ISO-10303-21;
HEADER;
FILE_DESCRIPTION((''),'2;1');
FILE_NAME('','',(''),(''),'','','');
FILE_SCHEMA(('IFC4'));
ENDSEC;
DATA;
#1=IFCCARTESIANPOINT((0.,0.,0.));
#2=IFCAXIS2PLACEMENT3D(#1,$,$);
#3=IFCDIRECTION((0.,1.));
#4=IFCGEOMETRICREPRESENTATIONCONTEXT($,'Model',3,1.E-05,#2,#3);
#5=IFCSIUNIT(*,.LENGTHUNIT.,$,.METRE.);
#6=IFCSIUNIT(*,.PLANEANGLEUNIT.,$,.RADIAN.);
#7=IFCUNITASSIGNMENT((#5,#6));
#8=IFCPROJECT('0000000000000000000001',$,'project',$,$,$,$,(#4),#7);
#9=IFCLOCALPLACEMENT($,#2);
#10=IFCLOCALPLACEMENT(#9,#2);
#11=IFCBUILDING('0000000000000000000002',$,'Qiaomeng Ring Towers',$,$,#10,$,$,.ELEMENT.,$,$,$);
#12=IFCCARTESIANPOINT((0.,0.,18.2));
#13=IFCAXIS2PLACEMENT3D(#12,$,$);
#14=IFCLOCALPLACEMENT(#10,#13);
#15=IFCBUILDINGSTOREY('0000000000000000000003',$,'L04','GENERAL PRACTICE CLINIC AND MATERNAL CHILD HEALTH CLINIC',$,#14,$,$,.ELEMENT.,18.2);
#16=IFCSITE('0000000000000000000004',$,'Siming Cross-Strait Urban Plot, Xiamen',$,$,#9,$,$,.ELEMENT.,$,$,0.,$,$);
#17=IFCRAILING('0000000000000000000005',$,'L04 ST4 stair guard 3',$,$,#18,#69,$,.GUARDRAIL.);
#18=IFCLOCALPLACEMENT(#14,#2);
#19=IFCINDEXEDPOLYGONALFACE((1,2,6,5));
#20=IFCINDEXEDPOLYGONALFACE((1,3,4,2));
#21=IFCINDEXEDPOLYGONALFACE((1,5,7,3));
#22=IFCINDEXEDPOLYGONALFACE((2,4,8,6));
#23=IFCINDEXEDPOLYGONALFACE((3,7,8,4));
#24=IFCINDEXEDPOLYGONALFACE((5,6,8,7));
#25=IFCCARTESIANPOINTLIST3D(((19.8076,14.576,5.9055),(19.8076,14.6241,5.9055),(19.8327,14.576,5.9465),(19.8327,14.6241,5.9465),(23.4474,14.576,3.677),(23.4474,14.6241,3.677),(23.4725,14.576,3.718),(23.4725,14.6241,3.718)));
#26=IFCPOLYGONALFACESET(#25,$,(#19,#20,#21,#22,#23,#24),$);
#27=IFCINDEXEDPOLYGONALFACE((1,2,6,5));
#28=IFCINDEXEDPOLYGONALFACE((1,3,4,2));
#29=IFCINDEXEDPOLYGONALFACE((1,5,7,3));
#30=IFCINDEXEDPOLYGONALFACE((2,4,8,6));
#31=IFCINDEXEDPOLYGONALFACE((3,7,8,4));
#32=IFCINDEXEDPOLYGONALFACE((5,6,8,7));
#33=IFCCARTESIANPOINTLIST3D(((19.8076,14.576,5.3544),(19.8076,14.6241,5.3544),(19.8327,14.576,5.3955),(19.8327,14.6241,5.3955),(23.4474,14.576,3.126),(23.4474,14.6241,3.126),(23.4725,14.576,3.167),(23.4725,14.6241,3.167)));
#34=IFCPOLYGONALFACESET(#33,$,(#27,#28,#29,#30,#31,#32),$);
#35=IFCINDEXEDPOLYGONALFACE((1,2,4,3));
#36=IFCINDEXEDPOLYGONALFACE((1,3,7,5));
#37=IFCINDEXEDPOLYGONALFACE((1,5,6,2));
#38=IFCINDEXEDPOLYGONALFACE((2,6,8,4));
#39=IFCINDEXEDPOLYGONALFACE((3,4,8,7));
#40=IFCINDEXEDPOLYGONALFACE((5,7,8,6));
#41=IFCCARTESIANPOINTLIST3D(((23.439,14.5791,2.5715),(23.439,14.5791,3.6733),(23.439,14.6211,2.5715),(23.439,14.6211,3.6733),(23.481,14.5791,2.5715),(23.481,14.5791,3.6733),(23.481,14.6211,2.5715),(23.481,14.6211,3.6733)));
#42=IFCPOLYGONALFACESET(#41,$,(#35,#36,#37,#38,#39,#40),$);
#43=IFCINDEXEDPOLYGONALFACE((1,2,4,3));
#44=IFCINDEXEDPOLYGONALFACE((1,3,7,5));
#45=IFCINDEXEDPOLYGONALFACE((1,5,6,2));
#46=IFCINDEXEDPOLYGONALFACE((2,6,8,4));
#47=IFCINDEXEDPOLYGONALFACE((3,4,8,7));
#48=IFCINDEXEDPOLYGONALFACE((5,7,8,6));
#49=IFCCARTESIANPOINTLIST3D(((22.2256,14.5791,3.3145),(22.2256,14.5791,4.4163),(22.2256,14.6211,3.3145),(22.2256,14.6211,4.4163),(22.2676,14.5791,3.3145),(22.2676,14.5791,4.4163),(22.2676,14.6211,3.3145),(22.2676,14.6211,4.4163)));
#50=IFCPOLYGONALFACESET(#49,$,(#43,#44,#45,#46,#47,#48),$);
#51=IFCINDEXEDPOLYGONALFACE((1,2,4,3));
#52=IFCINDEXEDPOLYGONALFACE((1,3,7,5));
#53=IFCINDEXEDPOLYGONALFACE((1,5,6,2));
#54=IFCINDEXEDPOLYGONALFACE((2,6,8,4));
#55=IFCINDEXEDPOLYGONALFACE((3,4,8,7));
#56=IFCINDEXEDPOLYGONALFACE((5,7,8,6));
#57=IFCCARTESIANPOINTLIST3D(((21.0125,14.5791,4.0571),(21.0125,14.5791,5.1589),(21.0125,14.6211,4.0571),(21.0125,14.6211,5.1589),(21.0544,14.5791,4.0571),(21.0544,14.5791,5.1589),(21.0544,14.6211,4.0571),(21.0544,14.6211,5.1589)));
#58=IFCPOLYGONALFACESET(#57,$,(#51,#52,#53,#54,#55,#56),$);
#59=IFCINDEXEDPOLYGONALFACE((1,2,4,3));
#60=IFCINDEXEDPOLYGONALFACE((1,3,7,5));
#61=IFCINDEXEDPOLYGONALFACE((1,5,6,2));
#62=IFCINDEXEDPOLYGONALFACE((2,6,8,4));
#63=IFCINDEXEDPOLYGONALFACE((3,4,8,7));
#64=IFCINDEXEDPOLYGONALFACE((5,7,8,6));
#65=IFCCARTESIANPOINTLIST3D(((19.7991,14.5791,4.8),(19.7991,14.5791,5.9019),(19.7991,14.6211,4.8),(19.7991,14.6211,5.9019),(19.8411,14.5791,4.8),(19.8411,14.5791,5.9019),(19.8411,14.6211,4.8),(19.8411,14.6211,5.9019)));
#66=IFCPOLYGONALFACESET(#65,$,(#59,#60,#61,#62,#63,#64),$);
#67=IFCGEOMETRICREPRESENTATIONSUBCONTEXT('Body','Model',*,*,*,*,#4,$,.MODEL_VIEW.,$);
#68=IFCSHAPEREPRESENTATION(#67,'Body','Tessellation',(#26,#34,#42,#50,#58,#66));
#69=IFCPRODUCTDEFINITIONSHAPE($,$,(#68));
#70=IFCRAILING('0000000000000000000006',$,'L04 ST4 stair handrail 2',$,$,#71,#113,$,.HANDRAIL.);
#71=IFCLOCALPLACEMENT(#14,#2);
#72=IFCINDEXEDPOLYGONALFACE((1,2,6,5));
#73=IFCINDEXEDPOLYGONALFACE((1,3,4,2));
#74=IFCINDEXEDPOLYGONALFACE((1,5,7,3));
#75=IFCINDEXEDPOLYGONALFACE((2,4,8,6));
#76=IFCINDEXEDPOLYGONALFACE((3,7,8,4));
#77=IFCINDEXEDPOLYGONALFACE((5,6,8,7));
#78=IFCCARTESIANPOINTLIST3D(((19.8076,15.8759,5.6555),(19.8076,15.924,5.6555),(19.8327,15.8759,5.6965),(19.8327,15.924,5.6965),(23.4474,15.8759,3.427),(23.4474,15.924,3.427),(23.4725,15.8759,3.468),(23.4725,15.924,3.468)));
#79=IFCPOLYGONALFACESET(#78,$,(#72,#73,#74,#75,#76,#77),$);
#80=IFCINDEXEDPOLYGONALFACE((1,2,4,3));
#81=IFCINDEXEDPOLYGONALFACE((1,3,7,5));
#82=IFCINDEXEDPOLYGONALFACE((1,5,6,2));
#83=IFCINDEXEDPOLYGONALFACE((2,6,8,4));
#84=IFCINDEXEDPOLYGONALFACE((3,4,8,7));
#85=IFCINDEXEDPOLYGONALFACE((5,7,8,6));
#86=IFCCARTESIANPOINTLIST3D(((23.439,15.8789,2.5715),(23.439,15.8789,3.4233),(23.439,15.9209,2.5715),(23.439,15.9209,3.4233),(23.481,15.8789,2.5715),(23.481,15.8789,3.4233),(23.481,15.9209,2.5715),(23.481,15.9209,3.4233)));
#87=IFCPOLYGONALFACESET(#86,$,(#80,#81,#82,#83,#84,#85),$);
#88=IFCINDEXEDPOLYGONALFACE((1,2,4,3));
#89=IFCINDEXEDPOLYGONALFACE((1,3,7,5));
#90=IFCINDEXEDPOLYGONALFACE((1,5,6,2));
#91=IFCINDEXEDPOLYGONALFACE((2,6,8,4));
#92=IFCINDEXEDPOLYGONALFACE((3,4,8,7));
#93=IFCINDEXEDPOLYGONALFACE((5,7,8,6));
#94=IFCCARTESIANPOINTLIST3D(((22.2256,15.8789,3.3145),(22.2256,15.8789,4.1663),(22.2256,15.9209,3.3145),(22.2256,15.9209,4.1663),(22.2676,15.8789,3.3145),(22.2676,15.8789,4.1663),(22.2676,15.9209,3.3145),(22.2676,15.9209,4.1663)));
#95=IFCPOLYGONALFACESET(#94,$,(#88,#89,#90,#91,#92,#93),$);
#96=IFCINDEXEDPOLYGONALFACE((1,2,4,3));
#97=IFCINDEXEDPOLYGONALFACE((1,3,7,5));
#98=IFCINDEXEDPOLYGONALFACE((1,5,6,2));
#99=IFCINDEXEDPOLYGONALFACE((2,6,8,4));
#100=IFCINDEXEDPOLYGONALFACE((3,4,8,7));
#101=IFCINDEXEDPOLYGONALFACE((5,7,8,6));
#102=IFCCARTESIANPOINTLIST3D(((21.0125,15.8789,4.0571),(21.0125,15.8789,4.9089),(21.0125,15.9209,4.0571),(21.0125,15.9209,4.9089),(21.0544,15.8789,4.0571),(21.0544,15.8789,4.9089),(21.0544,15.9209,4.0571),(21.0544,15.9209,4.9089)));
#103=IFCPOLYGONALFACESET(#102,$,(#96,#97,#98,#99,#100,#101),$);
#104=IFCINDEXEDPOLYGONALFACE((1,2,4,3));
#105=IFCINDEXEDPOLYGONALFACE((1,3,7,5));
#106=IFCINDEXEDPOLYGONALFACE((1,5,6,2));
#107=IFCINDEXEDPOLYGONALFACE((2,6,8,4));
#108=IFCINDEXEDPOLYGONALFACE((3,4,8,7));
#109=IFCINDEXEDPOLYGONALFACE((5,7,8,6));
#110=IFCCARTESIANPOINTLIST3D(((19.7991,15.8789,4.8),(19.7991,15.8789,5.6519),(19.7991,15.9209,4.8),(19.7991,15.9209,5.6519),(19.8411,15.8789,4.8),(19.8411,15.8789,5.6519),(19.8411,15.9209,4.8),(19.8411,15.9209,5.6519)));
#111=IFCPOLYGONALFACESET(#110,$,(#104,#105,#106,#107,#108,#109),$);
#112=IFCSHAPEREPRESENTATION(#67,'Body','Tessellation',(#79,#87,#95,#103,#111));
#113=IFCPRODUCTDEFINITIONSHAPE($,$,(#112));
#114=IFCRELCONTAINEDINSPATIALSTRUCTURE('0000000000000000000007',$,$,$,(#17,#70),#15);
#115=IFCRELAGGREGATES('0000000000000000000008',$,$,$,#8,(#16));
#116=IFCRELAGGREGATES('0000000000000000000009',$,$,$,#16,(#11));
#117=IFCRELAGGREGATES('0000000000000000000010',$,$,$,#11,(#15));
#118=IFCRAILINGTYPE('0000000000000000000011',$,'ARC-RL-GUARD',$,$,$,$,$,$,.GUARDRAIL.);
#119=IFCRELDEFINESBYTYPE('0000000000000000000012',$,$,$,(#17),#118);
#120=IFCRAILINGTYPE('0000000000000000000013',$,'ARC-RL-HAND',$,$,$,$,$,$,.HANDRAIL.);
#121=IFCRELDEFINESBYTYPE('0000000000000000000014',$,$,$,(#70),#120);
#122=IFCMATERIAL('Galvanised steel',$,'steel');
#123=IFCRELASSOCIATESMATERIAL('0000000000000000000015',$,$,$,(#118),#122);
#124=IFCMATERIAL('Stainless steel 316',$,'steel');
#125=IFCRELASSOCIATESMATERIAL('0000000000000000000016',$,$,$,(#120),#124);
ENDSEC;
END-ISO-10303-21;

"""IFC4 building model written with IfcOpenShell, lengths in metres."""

from ifc_helpers import new_model, si_unit, direction, frame, origin, origin_2d, place, context, subcontext, project, spatial, rectangle, extrude, material, type_object, element, save


model = new_model("IFC4")

# Units and contexts
model_context = context("Model", 3, precision=1e-05, world=origin(), true_north=direction((0.0, 1.0)))
body_context = subcontext(model_context, "Body", "Model", "MODEL_VIEW")
ifc_project = project(units=[si_unit("LENGTHUNIT", "METRE"), si_unit("PLANEANGLEUNIT", "RADIAN")], contexts=[model_context])

# Site, building, storey
site_placement = place(None, origin())
site = spatial("IfcSite", under=ifc_project, at=site_placement, Name="Siming Cross-Strait Urban Plot, Xiamen", CompositionType="ELEMENT", RefElevation=0.0)
building_placement = place(site_placement, origin())
building = spatial("IfcBuilding", under=site, at=building_placement, Name="Qiaomeng Ring Towers", CompositionType="ELEMENT")
storey_placement = place(building_placement, frame((0.0, 0.0, 18.2)))
storey = spatial("IfcBuildingStorey", under=building, at=storey_placement, Name="L04", Description="GENERAL PRACTICE CLINIC AND MATERNAL CHILD HEALTH CLINIC", CompositionType="ELEMENT", Elevation=18.2)

# Shared definitions
ifc_material_1 = material(Name="Galvanised steel", Category="steel")

# Shared definitions
ifc_material_2 = material(Name="Stainless steel 316", Category="steel")

# Railings
railing_type_1 = type_object("IfcRailingType", Name="ARC-RL-GUARD", PredefinedType="GUARDRAIL", material=ifc_material_1)
railing_1_placement = place(storey_placement, frame((23.46, 14.6001, 2.5715)))
element("IfcRailing", 1, at=railing_1_placement, inside=storey, type_object=railing_type_1, Name="L04 ST4 stair guard 3", PredefinedType="GUARDRAIL", context=body_context, shape_type="SweptSolid", body=[
    extrude(rectangle(XDim=0.0481, YDim=0.0481, at=origin_2d()), frame((0.0, 0.0, 1.126), z_axis=(-0.85285, 0.0, 0.522156), x_axis=(0.0, -1.0, 0.0)), (0.0, 0.0, 1.0), 4.2678),
    extrude(rectangle(XDim=0.0481, YDim=0.0481, at=origin_2d()), frame((0.0, 0.0, 0.575), z_axis=(-0.85285, 0.0, 0.522156), x_axis=(0.0, -1.0, 0.0)), (0.0, 0.0, 1.0), 4.2678),
    extrude(rectangle(XDim=0.042, YDim=0.042, at=origin_2d()), origin(), (0.0, 0.0, 1.0), 1.1018),
    extrude(rectangle(XDim=0.042, YDim=0.042, at=origin_2d()), frame((-1.2134, 0.0, 0.7429)), (0.0, 0.0, 1.0), 1.1018),
    extrude(rectangle(XDim=0.042, YDim=0.042, at=origin_2d()), frame((-2.4265, 0.0, 1.4856)), (0.0, 0.0, 1.0), 1.1018),
    extrude(rectangle(XDim=0.042, YDim=0.042, at=origin_2d()), frame((-3.6399, 0.0, 2.2285)), (0.0, 0.0, 1.0), 1.1018),
])
railing_type_2 = type_object("IfcRailingType", Name="ARC-RL-HAND", PredefinedType="HANDRAIL", material=ifc_material_2)
railing_2_placement = place(storey_placement, frame((23.46, 15.8999, 2.5715)))
element("IfcRailing", 2, at=railing_2_placement, inside=storey, type_object=railing_type_2, Name="L04 ST4 stair handrail 2", PredefinedType="HANDRAIL", context=body_context, shape_type="SweptSolid", body=[
    extrude(rectangle(XDim=0.0481, YDim=0.0481, at=origin_2d()), frame((0.0, 0.0, 0.876), z_axis=(-0.85285, 0.0, 0.522156), x_axis=(0.0, -1.0, 0.0)), (0.0, 0.0, 1.0), 4.2678),
    extrude(rectangle(XDim=0.042, YDim=0.042, at=origin_2d()), origin(), (0.0, 0.0, 1.0), 0.8518),
    extrude(rectangle(XDim=0.042, YDim=0.042, at=origin_2d()), frame((-1.2134, 0.0, 0.7429)), (0.0, 0.0, 1.0), 0.8518),
    extrude(rectangle(XDim=0.042, YDim=0.042, at=origin_2d()), frame((-2.4265, 0.0, 1.4856)), (0.0, 0.0, 1.0), 0.8518),
    extrude(rectangle(XDim=0.042, YDim=0.042, at=origin_2d()), frame((-3.6399, 0.0, 2.2285)), (0.0, 0.0, 1.0), 0.8518),
])

save(model, "model.ifc")
